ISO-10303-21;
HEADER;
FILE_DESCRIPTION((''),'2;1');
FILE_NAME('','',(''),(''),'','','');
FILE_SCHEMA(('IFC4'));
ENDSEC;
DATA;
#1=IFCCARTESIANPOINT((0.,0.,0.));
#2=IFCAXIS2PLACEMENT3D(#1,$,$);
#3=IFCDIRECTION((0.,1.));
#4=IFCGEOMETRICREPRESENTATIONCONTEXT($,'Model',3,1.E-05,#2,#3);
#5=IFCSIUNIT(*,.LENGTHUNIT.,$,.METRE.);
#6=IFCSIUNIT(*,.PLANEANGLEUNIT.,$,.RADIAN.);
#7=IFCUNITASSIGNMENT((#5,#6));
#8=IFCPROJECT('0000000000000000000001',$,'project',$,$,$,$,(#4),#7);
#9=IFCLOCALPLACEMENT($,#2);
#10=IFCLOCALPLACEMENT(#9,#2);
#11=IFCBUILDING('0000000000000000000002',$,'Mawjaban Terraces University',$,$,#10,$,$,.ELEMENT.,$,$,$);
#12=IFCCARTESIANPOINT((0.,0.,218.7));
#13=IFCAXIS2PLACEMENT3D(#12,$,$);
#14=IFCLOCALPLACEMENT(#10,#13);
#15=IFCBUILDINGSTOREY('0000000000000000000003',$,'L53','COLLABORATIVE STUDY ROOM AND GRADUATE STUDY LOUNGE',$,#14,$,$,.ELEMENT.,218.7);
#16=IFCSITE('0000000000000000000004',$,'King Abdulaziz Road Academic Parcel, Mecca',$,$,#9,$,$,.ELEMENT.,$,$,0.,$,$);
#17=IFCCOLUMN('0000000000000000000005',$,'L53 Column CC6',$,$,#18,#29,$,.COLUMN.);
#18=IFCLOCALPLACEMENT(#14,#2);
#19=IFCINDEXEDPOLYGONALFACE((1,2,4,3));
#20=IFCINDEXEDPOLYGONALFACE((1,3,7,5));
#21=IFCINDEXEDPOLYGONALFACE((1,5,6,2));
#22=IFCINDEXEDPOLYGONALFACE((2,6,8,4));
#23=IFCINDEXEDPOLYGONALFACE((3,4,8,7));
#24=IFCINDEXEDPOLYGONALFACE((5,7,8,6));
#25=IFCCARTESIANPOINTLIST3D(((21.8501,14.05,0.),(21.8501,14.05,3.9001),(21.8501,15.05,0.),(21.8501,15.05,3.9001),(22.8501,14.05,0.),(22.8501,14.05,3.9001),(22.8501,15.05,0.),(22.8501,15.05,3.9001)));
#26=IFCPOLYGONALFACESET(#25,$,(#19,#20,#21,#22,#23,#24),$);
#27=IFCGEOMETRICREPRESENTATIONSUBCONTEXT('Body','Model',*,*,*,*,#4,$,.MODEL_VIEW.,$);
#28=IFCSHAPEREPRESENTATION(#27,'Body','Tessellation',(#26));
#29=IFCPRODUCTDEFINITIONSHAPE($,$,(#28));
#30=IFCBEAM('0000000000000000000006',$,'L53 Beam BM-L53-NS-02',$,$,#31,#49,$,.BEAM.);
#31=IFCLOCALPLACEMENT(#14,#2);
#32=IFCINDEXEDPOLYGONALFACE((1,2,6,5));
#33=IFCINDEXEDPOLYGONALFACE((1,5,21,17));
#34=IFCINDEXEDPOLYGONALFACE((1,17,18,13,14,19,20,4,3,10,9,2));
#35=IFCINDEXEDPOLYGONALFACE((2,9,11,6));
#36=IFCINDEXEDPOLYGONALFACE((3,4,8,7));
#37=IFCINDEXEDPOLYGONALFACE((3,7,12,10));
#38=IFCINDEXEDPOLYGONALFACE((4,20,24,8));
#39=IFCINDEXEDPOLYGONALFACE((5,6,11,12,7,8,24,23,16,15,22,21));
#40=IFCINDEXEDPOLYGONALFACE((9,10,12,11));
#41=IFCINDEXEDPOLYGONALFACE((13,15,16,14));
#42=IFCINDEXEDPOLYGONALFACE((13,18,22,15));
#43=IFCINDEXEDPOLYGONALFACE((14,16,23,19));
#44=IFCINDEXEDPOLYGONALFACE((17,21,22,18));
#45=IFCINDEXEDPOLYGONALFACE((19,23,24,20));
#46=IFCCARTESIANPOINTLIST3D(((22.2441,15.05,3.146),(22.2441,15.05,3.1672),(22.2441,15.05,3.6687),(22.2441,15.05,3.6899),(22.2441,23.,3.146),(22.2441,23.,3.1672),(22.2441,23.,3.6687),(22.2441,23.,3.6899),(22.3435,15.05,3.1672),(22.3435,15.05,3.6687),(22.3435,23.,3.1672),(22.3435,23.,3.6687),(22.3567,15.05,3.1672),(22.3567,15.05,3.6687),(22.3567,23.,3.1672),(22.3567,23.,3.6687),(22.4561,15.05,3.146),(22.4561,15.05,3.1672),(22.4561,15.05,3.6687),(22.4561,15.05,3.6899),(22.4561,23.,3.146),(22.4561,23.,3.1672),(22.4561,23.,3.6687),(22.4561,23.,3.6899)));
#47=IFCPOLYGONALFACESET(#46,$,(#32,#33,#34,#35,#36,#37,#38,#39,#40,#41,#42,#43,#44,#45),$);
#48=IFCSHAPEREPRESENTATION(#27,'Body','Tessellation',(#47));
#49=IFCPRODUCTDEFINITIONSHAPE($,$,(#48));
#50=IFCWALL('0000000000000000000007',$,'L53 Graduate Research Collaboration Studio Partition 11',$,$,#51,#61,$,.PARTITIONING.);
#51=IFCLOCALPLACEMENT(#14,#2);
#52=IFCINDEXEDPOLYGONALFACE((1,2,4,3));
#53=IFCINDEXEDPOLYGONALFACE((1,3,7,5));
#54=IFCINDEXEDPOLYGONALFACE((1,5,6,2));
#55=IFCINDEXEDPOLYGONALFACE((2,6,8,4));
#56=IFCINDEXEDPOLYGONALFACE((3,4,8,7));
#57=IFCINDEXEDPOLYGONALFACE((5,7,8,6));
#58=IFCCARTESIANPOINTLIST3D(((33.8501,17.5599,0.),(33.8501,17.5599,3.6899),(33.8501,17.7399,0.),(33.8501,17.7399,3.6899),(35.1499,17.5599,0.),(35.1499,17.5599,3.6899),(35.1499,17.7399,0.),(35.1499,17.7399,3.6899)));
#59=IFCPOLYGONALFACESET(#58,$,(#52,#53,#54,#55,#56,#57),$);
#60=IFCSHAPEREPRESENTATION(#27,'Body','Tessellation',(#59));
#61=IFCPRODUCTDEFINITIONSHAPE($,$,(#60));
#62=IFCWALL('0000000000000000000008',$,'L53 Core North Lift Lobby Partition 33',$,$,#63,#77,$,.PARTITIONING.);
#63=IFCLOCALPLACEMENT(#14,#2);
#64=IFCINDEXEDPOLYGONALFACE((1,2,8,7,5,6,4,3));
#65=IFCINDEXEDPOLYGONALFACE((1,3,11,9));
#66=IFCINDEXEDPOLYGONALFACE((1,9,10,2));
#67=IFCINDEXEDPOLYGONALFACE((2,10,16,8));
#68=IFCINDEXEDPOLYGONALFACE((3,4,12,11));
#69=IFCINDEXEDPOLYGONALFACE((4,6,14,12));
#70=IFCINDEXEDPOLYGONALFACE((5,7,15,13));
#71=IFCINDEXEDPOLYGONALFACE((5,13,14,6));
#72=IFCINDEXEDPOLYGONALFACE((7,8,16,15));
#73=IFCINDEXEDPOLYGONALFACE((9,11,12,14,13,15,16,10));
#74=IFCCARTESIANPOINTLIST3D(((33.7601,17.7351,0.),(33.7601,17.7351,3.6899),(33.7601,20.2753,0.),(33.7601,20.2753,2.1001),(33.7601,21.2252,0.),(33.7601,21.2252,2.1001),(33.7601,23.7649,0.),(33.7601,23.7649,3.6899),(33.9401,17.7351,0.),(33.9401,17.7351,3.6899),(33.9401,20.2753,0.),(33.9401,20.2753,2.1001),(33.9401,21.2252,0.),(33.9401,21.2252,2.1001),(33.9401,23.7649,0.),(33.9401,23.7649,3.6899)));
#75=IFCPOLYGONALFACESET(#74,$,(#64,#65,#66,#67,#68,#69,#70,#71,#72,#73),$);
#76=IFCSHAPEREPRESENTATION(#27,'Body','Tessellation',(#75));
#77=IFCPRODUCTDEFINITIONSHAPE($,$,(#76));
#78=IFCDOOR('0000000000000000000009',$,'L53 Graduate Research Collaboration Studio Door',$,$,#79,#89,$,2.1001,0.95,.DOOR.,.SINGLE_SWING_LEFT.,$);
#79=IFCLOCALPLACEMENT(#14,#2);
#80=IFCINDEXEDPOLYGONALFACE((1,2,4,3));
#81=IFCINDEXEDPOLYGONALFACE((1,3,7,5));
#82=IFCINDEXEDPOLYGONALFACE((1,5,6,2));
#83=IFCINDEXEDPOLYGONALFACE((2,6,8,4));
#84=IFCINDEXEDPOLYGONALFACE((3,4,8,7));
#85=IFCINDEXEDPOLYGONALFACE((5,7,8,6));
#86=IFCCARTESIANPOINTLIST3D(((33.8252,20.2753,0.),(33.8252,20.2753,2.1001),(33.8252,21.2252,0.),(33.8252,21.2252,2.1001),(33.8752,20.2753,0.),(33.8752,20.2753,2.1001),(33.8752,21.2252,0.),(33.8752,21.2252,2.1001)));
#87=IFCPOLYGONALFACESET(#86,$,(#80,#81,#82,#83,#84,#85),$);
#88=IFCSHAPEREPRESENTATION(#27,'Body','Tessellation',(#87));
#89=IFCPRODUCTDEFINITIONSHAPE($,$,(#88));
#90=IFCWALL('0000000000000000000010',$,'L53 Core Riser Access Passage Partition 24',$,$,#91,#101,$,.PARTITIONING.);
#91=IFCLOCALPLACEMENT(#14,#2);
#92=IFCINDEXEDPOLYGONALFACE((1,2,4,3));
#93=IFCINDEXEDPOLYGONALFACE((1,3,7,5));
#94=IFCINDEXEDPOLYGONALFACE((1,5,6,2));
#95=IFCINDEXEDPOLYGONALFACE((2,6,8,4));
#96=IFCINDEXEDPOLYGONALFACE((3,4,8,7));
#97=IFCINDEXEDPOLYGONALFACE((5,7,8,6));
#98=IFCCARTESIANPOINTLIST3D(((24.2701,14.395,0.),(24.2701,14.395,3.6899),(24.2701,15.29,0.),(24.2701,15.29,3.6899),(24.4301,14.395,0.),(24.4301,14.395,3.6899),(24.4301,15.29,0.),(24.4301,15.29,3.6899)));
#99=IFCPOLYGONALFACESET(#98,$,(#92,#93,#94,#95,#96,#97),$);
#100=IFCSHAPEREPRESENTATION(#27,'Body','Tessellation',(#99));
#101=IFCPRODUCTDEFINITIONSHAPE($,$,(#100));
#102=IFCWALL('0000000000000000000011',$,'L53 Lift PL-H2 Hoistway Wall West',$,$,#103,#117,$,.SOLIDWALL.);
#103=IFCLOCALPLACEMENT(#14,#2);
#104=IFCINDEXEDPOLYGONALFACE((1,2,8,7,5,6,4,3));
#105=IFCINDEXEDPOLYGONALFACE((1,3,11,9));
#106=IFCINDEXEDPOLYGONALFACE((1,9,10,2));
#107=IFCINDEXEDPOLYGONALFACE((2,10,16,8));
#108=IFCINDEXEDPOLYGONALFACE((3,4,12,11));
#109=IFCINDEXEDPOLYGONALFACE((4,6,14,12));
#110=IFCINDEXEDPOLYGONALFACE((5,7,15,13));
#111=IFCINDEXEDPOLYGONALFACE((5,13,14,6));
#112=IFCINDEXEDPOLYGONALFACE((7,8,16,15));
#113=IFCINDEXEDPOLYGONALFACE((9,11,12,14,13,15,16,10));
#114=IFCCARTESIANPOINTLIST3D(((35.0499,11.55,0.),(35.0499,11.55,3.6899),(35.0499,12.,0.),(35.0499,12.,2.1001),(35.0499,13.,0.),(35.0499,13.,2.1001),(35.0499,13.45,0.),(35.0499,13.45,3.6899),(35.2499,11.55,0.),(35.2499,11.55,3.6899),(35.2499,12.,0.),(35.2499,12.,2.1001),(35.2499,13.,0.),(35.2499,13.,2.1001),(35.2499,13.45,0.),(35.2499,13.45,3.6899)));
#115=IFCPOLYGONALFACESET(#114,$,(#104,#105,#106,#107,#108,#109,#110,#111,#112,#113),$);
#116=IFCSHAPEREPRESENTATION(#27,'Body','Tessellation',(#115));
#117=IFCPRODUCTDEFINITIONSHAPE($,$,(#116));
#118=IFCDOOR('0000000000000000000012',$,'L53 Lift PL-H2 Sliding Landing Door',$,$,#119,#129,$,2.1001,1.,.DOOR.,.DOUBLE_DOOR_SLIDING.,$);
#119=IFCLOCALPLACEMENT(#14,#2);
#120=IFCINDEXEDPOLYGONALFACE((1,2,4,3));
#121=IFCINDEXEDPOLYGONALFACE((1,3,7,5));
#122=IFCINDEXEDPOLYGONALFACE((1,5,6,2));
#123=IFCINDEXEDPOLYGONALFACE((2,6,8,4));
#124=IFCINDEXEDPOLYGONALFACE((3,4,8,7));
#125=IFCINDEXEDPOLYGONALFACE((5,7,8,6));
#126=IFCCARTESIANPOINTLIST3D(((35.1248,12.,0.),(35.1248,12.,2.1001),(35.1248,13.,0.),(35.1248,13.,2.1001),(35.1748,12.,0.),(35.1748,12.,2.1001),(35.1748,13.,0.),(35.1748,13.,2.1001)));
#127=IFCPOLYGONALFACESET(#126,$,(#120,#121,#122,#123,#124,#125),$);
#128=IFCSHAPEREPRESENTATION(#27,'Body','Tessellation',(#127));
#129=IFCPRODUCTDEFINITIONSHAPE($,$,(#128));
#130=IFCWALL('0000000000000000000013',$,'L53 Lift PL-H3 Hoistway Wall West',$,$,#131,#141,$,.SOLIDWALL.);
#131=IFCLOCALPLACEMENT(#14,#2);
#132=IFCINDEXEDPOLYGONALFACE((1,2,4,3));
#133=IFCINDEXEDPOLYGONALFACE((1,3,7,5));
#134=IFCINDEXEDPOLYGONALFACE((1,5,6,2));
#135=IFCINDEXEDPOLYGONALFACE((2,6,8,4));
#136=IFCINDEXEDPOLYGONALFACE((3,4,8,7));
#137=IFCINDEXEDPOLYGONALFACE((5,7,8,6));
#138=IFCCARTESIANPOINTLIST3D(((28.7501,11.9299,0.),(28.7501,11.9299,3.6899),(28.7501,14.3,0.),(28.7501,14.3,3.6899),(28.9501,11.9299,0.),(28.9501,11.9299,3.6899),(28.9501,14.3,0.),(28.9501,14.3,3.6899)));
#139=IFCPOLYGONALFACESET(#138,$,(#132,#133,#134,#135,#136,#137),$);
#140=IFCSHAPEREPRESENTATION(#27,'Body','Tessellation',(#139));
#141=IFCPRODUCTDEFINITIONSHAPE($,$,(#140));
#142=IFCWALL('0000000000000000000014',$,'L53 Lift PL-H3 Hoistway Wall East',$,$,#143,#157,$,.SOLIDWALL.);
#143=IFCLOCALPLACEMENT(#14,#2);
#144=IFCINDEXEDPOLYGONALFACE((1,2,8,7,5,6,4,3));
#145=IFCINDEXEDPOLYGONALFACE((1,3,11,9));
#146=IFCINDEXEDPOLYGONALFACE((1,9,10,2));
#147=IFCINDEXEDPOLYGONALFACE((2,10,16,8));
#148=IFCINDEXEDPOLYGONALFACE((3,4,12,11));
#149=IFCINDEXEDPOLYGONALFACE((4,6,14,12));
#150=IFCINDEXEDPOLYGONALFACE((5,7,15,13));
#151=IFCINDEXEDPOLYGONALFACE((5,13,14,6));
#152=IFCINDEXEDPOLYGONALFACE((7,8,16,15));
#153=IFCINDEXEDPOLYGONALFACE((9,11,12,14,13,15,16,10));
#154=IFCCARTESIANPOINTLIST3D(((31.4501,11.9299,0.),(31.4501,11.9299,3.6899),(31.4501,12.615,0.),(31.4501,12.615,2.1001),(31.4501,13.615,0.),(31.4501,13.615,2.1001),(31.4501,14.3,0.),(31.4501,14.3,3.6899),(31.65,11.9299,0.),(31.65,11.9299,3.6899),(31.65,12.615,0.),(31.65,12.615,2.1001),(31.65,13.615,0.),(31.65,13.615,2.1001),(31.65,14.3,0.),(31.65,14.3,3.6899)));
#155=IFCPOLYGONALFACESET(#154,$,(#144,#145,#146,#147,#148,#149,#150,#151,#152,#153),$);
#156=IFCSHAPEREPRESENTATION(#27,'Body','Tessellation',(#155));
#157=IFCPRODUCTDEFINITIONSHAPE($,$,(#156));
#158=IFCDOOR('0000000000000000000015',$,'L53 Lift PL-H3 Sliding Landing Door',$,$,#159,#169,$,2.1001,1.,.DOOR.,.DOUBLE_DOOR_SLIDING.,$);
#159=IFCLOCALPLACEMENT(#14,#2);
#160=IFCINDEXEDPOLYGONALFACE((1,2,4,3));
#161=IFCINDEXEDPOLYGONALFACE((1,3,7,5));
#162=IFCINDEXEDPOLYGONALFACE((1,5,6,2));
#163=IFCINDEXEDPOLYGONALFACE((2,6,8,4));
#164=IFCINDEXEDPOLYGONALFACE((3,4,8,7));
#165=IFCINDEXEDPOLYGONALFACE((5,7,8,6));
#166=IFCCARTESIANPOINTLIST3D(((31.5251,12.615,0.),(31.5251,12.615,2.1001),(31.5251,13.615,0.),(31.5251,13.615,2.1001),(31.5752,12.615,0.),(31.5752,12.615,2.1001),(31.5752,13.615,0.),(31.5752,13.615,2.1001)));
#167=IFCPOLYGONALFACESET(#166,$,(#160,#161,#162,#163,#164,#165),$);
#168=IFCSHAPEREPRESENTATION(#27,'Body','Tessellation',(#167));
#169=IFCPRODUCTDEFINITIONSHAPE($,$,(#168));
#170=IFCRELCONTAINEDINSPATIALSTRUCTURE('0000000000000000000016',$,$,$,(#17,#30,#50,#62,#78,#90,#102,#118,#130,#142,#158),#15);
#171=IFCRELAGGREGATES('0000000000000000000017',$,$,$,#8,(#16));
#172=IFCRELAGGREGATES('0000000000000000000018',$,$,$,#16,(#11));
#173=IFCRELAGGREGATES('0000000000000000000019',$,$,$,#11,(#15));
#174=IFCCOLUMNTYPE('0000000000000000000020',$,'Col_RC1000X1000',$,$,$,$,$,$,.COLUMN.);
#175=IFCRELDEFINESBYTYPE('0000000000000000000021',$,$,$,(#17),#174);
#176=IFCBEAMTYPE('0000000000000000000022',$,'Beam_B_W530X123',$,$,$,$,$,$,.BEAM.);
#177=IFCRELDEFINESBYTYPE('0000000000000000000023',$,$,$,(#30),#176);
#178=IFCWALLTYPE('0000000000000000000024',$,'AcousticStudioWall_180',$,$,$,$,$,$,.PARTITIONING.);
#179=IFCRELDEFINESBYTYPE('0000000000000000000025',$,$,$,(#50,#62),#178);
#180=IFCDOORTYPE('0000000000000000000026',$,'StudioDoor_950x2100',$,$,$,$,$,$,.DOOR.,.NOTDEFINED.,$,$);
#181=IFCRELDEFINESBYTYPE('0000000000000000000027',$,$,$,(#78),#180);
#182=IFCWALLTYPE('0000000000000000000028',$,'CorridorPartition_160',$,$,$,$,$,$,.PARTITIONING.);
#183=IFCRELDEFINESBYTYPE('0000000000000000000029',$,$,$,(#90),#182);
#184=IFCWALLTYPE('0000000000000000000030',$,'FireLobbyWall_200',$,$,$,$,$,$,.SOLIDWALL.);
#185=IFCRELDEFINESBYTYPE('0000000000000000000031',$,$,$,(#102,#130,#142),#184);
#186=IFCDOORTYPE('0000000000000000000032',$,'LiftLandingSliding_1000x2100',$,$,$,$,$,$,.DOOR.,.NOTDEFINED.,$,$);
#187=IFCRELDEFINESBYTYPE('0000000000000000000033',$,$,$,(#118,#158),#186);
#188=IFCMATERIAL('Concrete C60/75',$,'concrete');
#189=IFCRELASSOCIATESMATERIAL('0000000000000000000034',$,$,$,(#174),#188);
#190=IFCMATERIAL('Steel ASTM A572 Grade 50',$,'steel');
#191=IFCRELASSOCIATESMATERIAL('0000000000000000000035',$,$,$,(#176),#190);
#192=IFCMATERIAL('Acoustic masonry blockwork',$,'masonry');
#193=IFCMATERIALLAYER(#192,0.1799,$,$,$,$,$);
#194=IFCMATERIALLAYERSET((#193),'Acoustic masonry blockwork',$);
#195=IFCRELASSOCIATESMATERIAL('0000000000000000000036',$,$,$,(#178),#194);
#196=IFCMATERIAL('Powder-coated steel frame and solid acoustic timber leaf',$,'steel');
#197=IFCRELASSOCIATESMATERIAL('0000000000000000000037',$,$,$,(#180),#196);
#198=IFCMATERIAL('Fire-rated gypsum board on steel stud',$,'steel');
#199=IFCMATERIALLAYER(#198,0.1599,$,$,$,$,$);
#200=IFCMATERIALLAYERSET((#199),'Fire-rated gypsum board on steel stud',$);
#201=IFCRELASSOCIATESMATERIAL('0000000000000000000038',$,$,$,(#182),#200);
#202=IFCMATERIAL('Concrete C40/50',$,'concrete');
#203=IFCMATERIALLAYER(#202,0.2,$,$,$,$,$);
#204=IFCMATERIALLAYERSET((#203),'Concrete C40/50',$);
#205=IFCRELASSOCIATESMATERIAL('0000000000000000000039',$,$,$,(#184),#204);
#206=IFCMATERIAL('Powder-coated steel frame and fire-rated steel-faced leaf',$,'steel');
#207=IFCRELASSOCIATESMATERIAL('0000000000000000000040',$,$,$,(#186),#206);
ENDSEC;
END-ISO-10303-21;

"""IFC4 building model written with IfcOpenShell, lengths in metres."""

from ifc_helpers import new_model, si_unit, direction, frame, frame_2d, origin, origin_2d, place, context, subcontext, project, spatial, rectangle, i_section, extrude, material, layer, layer_set, material_profile, profile_set, type_object, element, fill, save


model = new_model("IFC4")

# Units and contexts
model_context = context("Model", 3, precision=1e-05, world=origin(), true_north=direction((0.0, 1.0)))
body_context = subcontext(model_context, "Body", "Model", "MODEL_VIEW")
ifc_project = project(units=[si_unit("LENGTHUNIT", "METRE"), si_unit("PLANEANGLEUNIT", "RADIAN")], contexts=[model_context])

# Site, building, storey
site_placement = place(None, origin())
site = spatial("IfcSite", under=ifc_project, at=site_placement, Name="King Abdulaziz Road Academic Parcel, Mecca", CompositionType="ELEMENT", RefElevation=0.0)
building_placement = place(site_placement, origin())
building = spatial("IfcBuilding", under=site, at=building_placement, Name="Mawjaban Terraces University", CompositionType="ELEMENT")
storey_placement = place(building_placement, frame((0.0, 0.0, 218.7)))
storey = spatial("IfcBuildingStorey", under=building, at=storey_placement, Name="L53", Description="COLLABORATIVE STUDY ROOM AND GRADUATE STUDY LOUNGE", CompositionType="ELEMENT", Elevation=218.7)

# Column
ifc_material_1 = material(Name="Concrete C60/75", Category="concrete")
ifc_material_profile_1 = material_profile(ifc_material_1, rectangle(XDim=1.0, YDim=1.0, at=origin_2d()), Name="RC1000X1000")
ifc_profile_set_1 = profile_set([ifc_material_profile_1], Name="Concrete C60/75")
column_type = type_object("IfcColumnType", Name="Col_RC1000X1000", PredefinedType="COLUMN", material=ifc_profile_set_1)
column_placement = place(storey_placement, frame((22.3501, 14.55, 0.0), z_axis=(0.0, 0.0, 1.0), x_axis=(1.0, 0.0, 0.0)))
element("IfcColumn", 1, at=column_placement, inside=storey, type_object=column_type, Name="L53 Column CC6", PredefinedType="COLUMN", context=body_context, shape_type="SweptSolid", body=[
    extrude(rectangle(XDim=1.0, YDim=1.0, at=origin_2d()), origin(), (0.0, 0.0, 1.0), 3.9001),
])

# Beam
ifc_material_2 = material(Name="Steel ASTM A572 Grade 50", Category="steel")
ifc_material_profile_2 = material_profile(ifc_material_2, i_section(OverallWidth=0.2119, OverallDepth=0.5439, WebThickness=0.0132, FlangeThickness=0.0212, at=origin_2d()), Name="W530X123")
ifc_profile_set_2 = profile_set([ifc_material_profile_2], Name="Steel ASTM A572 Grade 50")
beam_type = type_object("IfcBeamType", Name="Beam_B_W530X123", PredefinedType="BEAM", material=ifc_profile_set_2)
beam_placement = place(storey_placement, frame((22.3501, 15.05, 3.418), z_axis=(0.0, 1.0, 0.0), x_axis=(-1.0, 0.0, 0.0)))
element("IfcBeam", 2, at=beam_placement, inside=storey, type_object=beam_type, Name="L53 Beam BM-L53-NS-02", PredefinedType="BEAM", context=body_context, shape_type="SweptSolid", body=[
    extrude(i_section(OverallWidth=0.2119, OverallDepth=0.5439, WebThickness=0.0132, FlangeThickness=0.0212, at=origin_2d()), origin(), (0.0, 0.0, 1.0), 7.95),
])

# Wall
ifc_material_3 = material(Name="Acoustic masonry blockwork", Category="masonry")
ifc_layer_1 = layer(ifc_material_3, 0.1799)
ifc_layer_set_1 = layer_set([ifc_layer_1], Name="Acoustic masonry blockwork")
wall_type_1 = type_object("IfcWallType", Name="AcousticStudioWall_180", PredefinedType="PARTITIONING", material=ifc_layer_set_1)
wall_1_placement = place(storey_placement, frame((33.8501, 17.6499, 0.0), z_axis=(0.0, 0.0, 1.0), x_axis=(1.0, 0.0, 0.0)))
element("IfcWall", 3, at=wall_1_placement, inside=storey, type_object=wall_type_1, Name="L53 Graduate Research Collaboration Studio Partition 11", PredefinedType="PARTITIONING", context=body_context, shape_type="SweptSolid", body=[
    extrude(rectangle(XDim=1.2998, YDim=0.1799, at=frame_2d((0.6499, 0.0))), origin(), (0.0, 0.0, 1.0), 3.6899),
])

# Wall, opening, door
wall_2_placement = place(storey_placement, frame((33.8501, 17.7351, 0.0), z_axis=(0.0, 0.0, 1.0), x_axis=(0.0, 1.0, 0.0)))
wall_2 = element("IfcWall", 4, at=wall_2_placement, inside=storey, type_object=wall_type_1, Name="L53 Core North Lift Lobby Partition 33", PredefinedType="PARTITIONING", context=body_context, shape_type="SweptSolid", body=[
    extrude(rectangle(XDim=6.0298, YDim=0.1799, at=frame_2d((3.0149, 0.0))), origin(), (0.0, 0.0, 1.0), 3.6899),
])
opening_1_placement = place(wall_2_placement, frame((2.54, 0.0, 0.0)))
opening_1 = element("IfcOpeningElement", 5, at=opening_1_placement, cuts=wall_2, PredefinedType="OPENING", context=body_context, shape_type="SweptSolid", body=[
    extrude(rectangle(XDim=0.95, YDim=2.1001, at=frame_2d((0.4751, 1.05))), frame((0.0, 0.0999, 0.0), z_axis=(0.0, -1.0, 0.0), x_axis=(1.0, 0.0, 0.0)), (0.0, 0.0, 1.0), 0.2),
])
ifc_material_4 = material(Name="Powder-coated steel frame and solid acoustic timber leaf", Category="steel")
door_type_1 = type_object("IfcDoorType", Name="StudioDoor_950x2100", OperationType="NOTDEFINED", PredefinedType="DOOR", material=ifc_material_4)
door_1_placement = place(opening_1_placement, origin())
door_1 = element("IfcDoor", 6, at=door_1_placement, inside=storey, type_object=door_type_1, Name="L53 Graduate Research Collaboration Studio Door", OperationType="SINGLE_SWING_LEFT", OverallHeight=2.1001, OverallWidth=0.95, PredefinedType="DOOR", context=body_context, shape_type="SweptSolid", body=[
    extrude(rectangle(XDim=0.95, YDim=2.1001, at=frame_2d((0.4751, 1.05))), frame((0.0, 0.0249, 0.0), z_axis=(0.0, -1.0, 0.0), x_axis=(1.0, 0.0, 0.0)), (0.0, 0.0, 1.0), 0.05),
])
fill(opening_1, door_1)

# Wall
ifc_material_5 = material(Name="Fire-rated gypsum board on steel stud", Category="steel")
ifc_layer_2 = layer(ifc_material_5, 0.1599)
ifc_layer_set_2 = layer_set([ifc_layer_2], Name="Fire-rated gypsum board on steel stud")
wall_type_2 = type_object("IfcWallType", Name="CorridorPartition_160", PredefinedType="PARTITIONING", material=ifc_layer_set_2)
wall_3_placement = place(storey_placement, frame((24.3501, 15.29, 0.0), z_axis=(0.0, 0.0, 1.0), x_axis=(0.0, -1.0, 0.0)))
element("IfcWall", 7, at=wall_3_placement, inside=storey, type_object=wall_type_2, Name="L53 Core Riser Access Passage Partition 24", PredefinedType="PARTITIONING", context=body_context, shape_type="SweptSolid", body=[
    extrude(rectangle(XDim=0.895, YDim=0.1599, at=frame_2d((0.4475, 0.0))), origin(), (0.0, 0.0, 1.0), 3.6899),
])

# Wall, opening, door
ifc_material_6 = material(Name="Concrete C40/50", Category="concrete")
ifc_layer_3 = layer(ifc_material_6, 0.2)
ifc_layer_set_3 = layer_set([ifc_layer_3], Name="Concrete C40/50")
wall_type_3 = type_object("IfcWallType", Name="FireLobbyWall_200", PredefinedType="SOLIDWALL", material=ifc_layer_set_3)
wall_4_placement = place(storey_placement, frame((35.1499, 13.45, 0.0), z_axis=(0.0, 0.0, 1.0), x_axis=(0.0, -1.0, 0.0)))
wall_4 = element("IfcWall", 8, at=wall_4_placement, inside=storey, type_object=wall_type_3, Name="L53 Lift PL-H2 Hoistway Wall West", PredefinedType="SOLIDWALL", context=body_context, shape_type="SweptSolid", body=[
    extrude(rectangle(XDim=1.8999, YDim=0.2, at=frame_2d((0.95, 0.0))), origin(), (0.0, 0.0, 1.0), 3.6899),
])
opening_2_placement = place(wall_4_placement, frame((0.45, 0.0, 0.0)))
opening_2 = element("IfcOpeningElement", 9, at=opening_2_placement, cuts=wall_4, PredefinedType="OPENING", context=body_context, shape_type="SweptSolid", body=[
    extrude(rectangle(XDim=1.0, YDim=2.1001, at=frame_2d((0.5, 1.05))), frame((0.0, 0.1099, 0.0), z_axis=(0.0, -1.0, 0.0), x_axis=(1.0, 0.0, 0.0)), (0.0, 0.0, 1.0), 0.22),
])
ifc_material_7 = material(Name="Powder-coated steel frame and fire-rated steel-faced leaf", Category="steel")
door_type_2 = type_object("IfcDoorType", Name="LiftLandingSliding_1000x2100", OperationType="NOTDEFINED", PredefinedType="DOOR", material=ifc_material_7)
door_2_placement = place(opening_2_placement, origin())
door_2 = element("IfcDoor", 10, at=door_2_placement, inside=storey, type_object=door_type_2, Name="L53 Lift PL-H2 Sliding Landing Door", OperationType="DOUBLE_DOOR_SLIDING", OverallHeight=2.1001, OverallWidth=1.0, PredefinedType="DOOR", context=body_context, shape_type="SweptSolid", body=[
    extrude(rectangle(XDim=1.0, YDim=2.1001, at=frame_2d((0.5, 1.05))), frame((0.0, 0.0249, 0.0), z_axis=(0.0, -1.0, 0.0), x_axis=(1.0, 0.0, 0.0)), (0.0, 0.0, 1.0), 0.05),
])
fill(opening_2, door_2)

# Wall
wall_5_placement = place(storey_placement, frame((28.8501, 14.3, 0.0), z_axis=(0.0, 0.0, 1.0), x_axis=(0.0, -1.0, 0.0)))
element("IfcWall", 11, at=wall_5_placement, inside=storey, type_object=wall_type_3, Name="L53 Lift PL-H3 Hoistway Wall West", PredefinedType="SOLIDWALL", context=body_context, shape_type="SweptSolid", body=[
    extrude(rectangle(XDim=2.3701, YDim=0.2, at=frame_2d((1.1851, 0.0))), origin(), (0.0, 0.0, 1.0), 3.6899),
])

# Wall, opening, door
wall_6_placement = place(storey_placement, frame((31.55, 11.9299, 0.0), z_axis=(0.0, 0.0, 1.0), x_axis=(0.0, 1.0, 0.0)))
wall_6 = element("IfcWall", 12, at=wall_6_placement, inside=storey, type_object=wall_type_3, Name="L53 Lift PL-H3 Hoistway Wall East", PredefinedType="SOLIDWALL", context=body_context, shape_type="SweptSolid", body=[
    extrude(rectangle(XDim=2.3701, YDim=0.2, at=frame_2d((1.1851, 0.0))), origin(), (0.0, 0.0, 1.0), 3.6899),
])
opening_3_placement = place(wall_6_placement, frame((0.6851, 0.0, 0.0)))
opening_3 = element("IfcOpeningElement", 13, at=opening_3_placement, cuts=wall_6, PredefinedType="OPENING", context=body_context, shape_type="SweptSolid", body=[
    extrude(rectangle(XDim=1.0, YDim=2.1001, at=frame_2d((0.5, 1.05))), frame((0.0, 0.1099, 0.0), z_axis=(0.0, -1.0, 0.0), x_axis=(1.0, 0.0, 0.0)), (0.0, 0.0, 1.0), 0.22),
])
door_3_placement = place(opening_3_placement, origin())
door_3 = element("IfcDoor", 14, at=door_3_placement, inside=storey, type_object=door_type_2, Name="L53 Lift PL-H3 Sliding Landing Door", OperationType="DOUBLE_DOOR_SLIDING", OverallHeight=2.1001, OverallWidth=1.0, PredefinedType="DOOR", context=body_context, shape_type="SweptSolid", body=[
    extrude(rectangle(XDim=1.0, YDim=2.1001, at=frame_2d((0.5, 1.05))), frame((0.0, 0.0249, 0.0), z_axis=(0.0, -1.0, 0.0), x_axis=(1.0, 0.0, 0.0)), (0.0, 0.0, 1.0), 0.05),
])
fill(opening_3, door_3)

save(model, "model.ifc")
